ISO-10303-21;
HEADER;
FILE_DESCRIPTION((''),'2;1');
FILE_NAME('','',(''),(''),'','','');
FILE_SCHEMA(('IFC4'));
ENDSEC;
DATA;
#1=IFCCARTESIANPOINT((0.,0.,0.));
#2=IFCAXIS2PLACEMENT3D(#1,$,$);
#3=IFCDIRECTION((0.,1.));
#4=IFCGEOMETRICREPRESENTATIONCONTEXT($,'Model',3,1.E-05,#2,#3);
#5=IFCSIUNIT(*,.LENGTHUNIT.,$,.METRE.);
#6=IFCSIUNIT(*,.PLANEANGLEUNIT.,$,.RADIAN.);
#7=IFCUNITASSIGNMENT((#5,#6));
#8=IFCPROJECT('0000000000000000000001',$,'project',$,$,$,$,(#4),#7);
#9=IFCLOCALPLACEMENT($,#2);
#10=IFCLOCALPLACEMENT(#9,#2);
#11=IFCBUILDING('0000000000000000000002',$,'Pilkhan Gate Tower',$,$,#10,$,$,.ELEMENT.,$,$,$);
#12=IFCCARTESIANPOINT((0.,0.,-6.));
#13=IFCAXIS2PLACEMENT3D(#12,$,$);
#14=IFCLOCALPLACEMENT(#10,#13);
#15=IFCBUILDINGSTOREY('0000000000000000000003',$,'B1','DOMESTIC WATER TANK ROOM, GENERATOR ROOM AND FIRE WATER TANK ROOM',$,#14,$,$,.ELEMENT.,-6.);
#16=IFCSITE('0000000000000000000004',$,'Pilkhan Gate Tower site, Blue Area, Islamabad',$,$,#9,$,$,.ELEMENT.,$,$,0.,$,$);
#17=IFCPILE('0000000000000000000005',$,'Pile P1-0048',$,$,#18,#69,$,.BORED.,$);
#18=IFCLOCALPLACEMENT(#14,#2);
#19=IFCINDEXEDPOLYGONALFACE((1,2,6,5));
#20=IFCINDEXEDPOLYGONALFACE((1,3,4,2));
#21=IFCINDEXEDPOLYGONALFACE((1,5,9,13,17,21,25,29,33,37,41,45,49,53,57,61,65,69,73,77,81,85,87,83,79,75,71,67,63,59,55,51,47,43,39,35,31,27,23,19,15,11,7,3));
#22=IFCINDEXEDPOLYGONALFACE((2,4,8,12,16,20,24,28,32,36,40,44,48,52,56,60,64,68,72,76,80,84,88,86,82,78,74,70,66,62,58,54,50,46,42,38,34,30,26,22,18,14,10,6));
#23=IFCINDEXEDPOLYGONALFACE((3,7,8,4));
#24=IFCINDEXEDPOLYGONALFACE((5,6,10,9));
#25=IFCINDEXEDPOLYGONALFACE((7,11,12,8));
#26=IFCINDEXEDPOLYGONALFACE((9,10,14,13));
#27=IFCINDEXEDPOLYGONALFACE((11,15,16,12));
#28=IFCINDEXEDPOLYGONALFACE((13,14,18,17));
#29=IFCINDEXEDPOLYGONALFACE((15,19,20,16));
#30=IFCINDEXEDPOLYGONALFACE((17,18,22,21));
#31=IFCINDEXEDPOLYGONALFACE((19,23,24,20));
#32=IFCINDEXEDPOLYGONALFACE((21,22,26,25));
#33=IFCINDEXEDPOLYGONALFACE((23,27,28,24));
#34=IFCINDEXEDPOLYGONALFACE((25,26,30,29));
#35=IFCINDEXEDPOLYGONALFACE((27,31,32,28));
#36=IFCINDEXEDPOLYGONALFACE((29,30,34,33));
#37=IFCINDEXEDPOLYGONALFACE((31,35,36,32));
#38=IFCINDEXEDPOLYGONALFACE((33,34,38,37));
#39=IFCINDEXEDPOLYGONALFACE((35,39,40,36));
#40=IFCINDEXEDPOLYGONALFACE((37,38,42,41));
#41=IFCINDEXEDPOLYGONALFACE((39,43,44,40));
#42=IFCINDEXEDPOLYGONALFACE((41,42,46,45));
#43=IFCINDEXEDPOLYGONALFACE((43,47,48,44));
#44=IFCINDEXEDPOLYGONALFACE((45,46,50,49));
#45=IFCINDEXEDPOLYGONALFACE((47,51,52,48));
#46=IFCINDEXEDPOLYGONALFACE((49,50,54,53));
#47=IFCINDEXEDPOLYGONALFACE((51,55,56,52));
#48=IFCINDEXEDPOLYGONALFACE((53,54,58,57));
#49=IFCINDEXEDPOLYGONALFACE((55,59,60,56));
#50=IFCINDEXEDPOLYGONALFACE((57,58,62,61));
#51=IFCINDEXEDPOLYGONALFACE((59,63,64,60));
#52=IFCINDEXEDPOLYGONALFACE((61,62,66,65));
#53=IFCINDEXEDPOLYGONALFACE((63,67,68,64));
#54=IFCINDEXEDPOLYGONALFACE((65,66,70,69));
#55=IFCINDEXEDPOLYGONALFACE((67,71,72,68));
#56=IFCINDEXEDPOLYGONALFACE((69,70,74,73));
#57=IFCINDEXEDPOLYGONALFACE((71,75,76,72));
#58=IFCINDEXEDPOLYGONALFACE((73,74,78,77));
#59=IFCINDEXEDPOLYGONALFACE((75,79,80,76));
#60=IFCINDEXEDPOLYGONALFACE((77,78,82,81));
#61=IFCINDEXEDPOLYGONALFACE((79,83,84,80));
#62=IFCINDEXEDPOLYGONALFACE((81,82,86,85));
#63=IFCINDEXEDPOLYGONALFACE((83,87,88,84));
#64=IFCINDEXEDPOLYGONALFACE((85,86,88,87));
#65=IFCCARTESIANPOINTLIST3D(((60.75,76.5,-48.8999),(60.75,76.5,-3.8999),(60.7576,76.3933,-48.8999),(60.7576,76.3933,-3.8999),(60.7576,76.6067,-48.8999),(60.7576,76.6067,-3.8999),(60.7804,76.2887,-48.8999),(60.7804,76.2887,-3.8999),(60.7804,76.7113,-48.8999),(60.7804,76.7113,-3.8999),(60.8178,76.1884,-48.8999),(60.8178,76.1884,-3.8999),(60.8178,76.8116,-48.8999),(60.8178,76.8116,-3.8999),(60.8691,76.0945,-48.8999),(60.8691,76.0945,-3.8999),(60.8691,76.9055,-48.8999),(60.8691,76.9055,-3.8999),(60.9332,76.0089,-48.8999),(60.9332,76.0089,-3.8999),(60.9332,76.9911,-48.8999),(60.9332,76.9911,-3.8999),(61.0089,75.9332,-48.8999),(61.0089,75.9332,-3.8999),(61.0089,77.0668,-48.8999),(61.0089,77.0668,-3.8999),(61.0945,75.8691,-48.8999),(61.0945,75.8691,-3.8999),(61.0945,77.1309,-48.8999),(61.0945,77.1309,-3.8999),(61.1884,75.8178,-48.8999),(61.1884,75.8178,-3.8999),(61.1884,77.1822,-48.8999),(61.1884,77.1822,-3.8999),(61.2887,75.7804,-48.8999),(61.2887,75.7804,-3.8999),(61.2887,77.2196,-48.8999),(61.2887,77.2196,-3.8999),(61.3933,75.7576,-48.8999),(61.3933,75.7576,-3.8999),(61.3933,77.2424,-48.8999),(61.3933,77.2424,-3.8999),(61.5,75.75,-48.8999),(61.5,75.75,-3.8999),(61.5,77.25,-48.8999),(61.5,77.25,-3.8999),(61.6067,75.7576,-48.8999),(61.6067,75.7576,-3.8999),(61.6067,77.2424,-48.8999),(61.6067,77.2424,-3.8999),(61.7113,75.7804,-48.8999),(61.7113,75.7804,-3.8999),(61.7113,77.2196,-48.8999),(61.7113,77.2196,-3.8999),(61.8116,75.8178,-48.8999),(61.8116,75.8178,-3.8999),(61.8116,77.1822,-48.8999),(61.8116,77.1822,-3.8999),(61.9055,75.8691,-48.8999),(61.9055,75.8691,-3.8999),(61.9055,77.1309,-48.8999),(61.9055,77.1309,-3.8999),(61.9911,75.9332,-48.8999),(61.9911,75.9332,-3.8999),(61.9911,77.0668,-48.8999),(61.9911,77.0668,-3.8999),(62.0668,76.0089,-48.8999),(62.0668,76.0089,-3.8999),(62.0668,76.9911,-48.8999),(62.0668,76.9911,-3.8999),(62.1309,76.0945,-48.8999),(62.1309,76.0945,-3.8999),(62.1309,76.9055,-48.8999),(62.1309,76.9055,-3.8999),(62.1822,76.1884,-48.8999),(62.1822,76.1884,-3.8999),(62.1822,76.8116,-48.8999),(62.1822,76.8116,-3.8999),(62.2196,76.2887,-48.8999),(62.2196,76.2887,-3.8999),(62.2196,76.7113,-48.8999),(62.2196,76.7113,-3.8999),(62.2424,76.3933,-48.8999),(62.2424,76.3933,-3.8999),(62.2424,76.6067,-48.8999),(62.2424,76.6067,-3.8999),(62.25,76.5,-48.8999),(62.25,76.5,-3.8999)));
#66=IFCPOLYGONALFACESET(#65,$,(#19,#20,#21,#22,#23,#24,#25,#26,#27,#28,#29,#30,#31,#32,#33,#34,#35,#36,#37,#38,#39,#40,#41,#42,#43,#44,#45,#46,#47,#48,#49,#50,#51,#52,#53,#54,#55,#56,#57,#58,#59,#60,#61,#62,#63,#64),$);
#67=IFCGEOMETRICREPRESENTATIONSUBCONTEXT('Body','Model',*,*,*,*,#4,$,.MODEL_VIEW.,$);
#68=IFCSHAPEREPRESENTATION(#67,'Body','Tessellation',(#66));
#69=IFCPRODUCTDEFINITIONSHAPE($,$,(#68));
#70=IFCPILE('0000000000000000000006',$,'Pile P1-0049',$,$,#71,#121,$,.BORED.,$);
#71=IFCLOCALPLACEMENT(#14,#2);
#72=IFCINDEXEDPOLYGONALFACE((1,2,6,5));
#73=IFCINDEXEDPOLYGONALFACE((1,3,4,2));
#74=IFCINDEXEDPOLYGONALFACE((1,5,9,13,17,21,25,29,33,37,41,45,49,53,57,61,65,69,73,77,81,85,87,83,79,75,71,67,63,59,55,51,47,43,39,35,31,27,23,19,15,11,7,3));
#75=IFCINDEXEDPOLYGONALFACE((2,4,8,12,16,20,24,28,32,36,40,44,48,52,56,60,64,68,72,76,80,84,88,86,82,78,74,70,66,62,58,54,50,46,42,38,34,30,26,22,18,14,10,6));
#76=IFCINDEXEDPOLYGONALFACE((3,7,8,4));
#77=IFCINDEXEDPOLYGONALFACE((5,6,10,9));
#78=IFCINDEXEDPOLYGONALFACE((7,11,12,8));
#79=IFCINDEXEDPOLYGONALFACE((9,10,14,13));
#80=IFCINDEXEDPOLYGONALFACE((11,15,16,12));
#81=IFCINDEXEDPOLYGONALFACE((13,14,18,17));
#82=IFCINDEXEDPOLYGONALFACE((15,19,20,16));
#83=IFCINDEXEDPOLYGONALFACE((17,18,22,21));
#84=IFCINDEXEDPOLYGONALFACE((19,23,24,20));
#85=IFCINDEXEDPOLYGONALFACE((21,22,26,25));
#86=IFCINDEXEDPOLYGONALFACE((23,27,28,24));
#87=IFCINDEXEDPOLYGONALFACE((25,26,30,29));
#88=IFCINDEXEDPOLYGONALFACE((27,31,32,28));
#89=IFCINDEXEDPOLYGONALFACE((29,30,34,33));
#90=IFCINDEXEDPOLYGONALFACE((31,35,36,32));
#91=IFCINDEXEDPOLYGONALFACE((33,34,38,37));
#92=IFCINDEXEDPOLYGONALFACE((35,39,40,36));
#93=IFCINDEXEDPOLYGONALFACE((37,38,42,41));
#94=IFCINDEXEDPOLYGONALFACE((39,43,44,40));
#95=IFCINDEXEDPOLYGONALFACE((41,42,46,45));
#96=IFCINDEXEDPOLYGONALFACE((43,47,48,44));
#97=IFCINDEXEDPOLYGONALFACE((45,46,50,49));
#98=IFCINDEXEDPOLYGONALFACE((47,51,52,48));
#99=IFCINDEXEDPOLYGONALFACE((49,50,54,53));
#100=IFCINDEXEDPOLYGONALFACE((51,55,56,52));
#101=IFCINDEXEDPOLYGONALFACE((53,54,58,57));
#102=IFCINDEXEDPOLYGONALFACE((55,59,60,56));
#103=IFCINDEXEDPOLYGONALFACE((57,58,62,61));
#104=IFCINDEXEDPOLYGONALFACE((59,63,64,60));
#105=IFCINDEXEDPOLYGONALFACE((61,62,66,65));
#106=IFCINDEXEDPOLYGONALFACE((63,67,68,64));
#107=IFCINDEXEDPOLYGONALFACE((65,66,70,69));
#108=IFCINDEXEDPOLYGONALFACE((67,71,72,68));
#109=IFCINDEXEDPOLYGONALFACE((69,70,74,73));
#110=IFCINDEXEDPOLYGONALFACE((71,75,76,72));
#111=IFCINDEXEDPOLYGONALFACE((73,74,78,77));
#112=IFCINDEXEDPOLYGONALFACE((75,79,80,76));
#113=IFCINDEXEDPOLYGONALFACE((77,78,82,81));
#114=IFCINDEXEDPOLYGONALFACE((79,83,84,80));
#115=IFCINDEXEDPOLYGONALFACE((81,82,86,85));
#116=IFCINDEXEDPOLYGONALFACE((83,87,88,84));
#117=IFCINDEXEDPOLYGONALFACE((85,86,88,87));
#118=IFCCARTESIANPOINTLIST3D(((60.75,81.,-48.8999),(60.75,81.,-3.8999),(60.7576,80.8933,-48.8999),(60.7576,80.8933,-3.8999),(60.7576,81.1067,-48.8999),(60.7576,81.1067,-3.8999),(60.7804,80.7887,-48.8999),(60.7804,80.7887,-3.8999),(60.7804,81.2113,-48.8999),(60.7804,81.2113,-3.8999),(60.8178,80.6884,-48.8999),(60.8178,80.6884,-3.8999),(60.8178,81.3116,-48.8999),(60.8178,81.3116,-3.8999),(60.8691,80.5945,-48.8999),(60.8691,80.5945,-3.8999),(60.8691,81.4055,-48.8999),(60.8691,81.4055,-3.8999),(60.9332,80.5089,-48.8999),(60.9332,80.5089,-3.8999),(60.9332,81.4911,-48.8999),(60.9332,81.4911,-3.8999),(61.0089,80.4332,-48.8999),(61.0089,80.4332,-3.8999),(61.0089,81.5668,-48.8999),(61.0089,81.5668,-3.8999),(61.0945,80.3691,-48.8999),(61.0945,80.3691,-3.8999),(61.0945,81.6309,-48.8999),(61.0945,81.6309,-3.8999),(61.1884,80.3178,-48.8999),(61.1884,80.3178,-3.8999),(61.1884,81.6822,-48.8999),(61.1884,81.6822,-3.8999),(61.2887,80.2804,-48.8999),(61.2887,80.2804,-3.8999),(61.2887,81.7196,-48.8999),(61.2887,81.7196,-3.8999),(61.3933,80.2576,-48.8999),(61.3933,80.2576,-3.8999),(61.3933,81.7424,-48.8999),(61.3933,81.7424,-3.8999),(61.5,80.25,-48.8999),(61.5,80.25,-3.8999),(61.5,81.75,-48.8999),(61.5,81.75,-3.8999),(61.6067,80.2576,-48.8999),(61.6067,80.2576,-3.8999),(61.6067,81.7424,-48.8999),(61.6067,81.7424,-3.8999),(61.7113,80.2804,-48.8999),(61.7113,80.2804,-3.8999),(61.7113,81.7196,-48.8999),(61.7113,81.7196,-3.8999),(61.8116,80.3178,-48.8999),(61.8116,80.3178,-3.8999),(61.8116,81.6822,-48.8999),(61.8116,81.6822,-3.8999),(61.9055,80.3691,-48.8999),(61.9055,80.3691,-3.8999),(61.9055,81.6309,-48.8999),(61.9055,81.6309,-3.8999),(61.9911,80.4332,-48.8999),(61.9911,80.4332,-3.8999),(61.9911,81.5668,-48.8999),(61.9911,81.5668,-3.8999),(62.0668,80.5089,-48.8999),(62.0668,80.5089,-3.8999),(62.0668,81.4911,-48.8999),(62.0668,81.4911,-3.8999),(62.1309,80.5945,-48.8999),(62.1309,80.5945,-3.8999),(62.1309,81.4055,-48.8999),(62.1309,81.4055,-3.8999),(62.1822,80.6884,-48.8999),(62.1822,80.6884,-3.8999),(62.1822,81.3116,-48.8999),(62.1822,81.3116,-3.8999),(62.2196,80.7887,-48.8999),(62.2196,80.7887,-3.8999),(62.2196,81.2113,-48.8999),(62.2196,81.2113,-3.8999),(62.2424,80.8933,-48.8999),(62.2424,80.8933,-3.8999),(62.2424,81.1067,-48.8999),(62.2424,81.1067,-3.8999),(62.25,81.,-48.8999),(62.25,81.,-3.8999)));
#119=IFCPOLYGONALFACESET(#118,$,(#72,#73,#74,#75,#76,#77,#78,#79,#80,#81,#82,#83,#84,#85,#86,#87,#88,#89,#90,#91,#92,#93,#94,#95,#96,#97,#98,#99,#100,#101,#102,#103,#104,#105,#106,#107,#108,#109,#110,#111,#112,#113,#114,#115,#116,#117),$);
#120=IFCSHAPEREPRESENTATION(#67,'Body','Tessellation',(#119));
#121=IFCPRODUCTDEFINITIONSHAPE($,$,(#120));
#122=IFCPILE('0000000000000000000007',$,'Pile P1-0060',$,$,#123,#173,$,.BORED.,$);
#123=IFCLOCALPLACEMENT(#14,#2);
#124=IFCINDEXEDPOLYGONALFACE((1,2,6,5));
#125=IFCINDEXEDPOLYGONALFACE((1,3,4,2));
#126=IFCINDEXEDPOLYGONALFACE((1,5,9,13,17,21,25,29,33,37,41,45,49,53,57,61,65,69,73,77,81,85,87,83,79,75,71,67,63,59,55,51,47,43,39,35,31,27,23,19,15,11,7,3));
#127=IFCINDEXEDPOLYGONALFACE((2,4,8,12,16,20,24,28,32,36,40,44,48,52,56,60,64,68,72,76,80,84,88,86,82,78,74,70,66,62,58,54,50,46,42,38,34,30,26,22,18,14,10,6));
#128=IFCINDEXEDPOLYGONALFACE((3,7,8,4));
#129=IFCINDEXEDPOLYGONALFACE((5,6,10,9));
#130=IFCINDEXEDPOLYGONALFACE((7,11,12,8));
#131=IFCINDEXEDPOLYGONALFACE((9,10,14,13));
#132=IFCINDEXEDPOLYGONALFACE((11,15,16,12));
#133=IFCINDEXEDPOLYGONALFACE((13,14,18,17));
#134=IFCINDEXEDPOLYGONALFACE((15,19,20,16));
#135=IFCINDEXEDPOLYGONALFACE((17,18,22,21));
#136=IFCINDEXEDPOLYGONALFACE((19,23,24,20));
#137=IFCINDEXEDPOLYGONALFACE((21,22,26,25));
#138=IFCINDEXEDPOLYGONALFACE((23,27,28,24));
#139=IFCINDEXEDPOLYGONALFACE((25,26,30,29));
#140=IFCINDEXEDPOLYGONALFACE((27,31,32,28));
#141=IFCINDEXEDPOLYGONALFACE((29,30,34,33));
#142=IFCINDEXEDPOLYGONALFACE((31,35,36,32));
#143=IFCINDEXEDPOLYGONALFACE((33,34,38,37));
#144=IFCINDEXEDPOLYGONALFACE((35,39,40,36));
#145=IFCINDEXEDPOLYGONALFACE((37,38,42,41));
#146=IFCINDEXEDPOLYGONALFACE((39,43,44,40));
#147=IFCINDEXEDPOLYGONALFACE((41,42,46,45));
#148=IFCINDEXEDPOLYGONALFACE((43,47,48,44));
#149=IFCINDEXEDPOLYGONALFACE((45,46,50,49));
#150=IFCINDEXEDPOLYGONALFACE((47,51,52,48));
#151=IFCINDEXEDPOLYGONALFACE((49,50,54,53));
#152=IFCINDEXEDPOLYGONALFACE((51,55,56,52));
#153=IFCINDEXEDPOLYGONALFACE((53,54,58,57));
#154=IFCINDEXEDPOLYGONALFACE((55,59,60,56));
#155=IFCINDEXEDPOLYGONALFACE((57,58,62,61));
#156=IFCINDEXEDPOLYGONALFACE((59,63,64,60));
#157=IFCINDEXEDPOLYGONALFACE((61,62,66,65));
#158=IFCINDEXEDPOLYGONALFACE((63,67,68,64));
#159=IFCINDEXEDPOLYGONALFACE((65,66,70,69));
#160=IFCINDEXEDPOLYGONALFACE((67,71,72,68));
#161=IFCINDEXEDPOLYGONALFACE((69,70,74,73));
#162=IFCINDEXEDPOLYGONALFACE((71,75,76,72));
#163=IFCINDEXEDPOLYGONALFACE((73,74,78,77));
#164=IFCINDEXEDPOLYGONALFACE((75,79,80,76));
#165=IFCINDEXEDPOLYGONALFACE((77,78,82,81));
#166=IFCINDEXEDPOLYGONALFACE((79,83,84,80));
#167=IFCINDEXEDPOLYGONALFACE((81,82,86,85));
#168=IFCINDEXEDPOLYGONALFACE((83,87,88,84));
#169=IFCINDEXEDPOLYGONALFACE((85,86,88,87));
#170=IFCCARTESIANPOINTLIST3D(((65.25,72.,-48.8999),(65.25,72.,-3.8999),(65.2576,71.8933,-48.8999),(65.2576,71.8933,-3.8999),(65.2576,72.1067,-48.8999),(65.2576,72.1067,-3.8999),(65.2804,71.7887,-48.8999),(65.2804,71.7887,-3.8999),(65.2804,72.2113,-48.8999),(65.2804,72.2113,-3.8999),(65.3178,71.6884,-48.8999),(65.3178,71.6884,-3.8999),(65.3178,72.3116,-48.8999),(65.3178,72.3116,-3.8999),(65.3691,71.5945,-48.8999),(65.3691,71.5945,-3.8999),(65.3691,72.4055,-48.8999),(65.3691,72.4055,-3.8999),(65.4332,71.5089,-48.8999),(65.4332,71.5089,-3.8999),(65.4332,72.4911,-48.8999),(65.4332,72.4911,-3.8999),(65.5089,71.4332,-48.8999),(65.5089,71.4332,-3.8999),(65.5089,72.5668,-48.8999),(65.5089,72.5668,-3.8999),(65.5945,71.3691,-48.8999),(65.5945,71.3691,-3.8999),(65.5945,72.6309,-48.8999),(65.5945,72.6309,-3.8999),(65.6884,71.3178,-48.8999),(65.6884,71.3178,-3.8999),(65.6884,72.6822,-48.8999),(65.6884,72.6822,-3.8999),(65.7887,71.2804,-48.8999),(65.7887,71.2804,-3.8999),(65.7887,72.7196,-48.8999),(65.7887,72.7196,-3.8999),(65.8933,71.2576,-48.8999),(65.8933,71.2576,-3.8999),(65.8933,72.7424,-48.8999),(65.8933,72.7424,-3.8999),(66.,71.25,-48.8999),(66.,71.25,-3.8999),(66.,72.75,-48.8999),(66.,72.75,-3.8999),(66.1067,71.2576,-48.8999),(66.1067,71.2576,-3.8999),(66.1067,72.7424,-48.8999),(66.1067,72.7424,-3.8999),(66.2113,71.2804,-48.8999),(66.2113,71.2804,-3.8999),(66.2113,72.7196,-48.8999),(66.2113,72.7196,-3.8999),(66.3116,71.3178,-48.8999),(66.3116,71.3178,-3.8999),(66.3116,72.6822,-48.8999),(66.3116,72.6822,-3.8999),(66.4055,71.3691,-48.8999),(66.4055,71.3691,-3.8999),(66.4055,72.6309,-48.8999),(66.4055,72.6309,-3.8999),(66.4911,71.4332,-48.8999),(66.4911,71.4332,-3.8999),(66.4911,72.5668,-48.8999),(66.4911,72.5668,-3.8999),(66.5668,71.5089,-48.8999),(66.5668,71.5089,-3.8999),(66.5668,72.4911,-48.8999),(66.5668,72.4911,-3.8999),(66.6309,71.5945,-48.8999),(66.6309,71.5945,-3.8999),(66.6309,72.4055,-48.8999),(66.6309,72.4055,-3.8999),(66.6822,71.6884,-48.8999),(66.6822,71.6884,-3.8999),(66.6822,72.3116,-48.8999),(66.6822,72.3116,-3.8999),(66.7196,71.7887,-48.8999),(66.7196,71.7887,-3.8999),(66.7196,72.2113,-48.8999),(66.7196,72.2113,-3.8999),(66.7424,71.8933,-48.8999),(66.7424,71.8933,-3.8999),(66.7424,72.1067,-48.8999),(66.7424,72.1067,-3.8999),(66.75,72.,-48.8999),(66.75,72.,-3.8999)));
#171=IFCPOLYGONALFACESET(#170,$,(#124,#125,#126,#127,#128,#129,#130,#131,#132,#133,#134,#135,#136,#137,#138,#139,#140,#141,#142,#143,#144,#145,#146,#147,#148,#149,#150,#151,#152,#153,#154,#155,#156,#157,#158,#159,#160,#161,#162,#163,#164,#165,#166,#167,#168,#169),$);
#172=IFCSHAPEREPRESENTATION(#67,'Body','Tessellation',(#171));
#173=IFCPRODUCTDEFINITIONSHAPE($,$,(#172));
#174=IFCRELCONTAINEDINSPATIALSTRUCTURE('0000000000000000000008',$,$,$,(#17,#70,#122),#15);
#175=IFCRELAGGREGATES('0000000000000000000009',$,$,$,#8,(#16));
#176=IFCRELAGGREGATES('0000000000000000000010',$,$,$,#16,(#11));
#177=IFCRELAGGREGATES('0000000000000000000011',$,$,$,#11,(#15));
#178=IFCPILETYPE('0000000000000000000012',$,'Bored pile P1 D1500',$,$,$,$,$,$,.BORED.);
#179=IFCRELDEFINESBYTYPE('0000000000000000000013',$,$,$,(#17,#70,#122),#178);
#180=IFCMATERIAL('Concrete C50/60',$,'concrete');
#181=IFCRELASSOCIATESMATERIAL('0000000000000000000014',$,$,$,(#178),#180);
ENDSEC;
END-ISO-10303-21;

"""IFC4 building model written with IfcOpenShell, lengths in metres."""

from ifc_helpers import new_model, si_unit, direction, frame, origin, origin_2d, place, context, subcontext, project, spatial, circle, extrude, material, material_profile, profile_set, type_object, element, save


model = new_model("IFC4")

# Units and contexts
model_context = context("Model", 3, precision=1e-05, world=origin(), true_north=direction((0.0, 1.0)))
body_context = subcontext(model_context, "Body", "Model", "MODEL_VIEW")
ifc_project = project(units=[si_unit("LENGTHUNIT", "METRE"), si_unit("PLANEANGLEUNIT", "RADIAN")], contexts=[model_context])

# Site, building, storey
site_placement = place(None, origin())
site = spatial("IfcSite", under=ifc_project, at=site_placement, Name="Pilkhan Gate Tower site, Blue Area, Islamabad", CompositionType="ELEMENT", RefElevation=0.0)
building_placement = place(site_placement, origin())
building = spatial("IfcBuilding", under=site, at=building_placement, Name="Pilkhan Gate Tower", CompositionType="ELEMENT")
storey_placement = place(building_placement, frame((0.0, 0.0, -6.0)))
storey = spatial("IfcBuildingStorey", under=building, at=storey_placement, Name="B1", Description="DOMESTIC WATER TANK ROOM, GENERATOR ROOM AND FIRE WATER TANK ROOM", CompositionType="ELEMENT", Elevation=-6.0)

# Piles
ifc_material_1 = material(Name="Concrete C50/60", Category="concrete")
ifc_material_profile_1 = material_profile(ifc_material_1, circle(Radius=0.75, at=origin_2d()), Name="Bored pile 1500 dia")
ifc_profile_set_1 = profile_set([ifc_material_profile_1], Name="Concrete C50/60")
pile_type = type_object("IfcPileType", Name="Bored pile P1 D1500", PredefinedType="BORED", material=ifc_profile_set_1)
for number, where, z_axis, x_axis, name in (
    (1, (61.5, 76.5, -3.8999), (0.0, 0.0, -1.0), (1.0, 0.0, 0.0), "Pile P1-0048"),
    (2, (61.5, 81.0, -3.8999), (0.0, 0.0, -1.0), (1.0, 0.0, 0.0), "Pile P1-0049"),
    (3, (66.0, 72.0, -3.8999), (0.0, 0.0, -1.0), (1.0, 0.0, 0.0), "Pile P1-0060"),
):
    element("IfcPile", number, at=place(storey_placement, frame(where, z_axis=z_axis, x_axis=x_axis)), inside=storey, type_object=pile_type, Name=name, PredefinedType="BORED", context=body_context, shape_type="SweptSolid", body=[
        extrude(circle(Radius=0.75, at=origin_2d()), origin(), (0.0, 0.0, 1.0), 45.0),
    ])

save(model, "model.ifc")
